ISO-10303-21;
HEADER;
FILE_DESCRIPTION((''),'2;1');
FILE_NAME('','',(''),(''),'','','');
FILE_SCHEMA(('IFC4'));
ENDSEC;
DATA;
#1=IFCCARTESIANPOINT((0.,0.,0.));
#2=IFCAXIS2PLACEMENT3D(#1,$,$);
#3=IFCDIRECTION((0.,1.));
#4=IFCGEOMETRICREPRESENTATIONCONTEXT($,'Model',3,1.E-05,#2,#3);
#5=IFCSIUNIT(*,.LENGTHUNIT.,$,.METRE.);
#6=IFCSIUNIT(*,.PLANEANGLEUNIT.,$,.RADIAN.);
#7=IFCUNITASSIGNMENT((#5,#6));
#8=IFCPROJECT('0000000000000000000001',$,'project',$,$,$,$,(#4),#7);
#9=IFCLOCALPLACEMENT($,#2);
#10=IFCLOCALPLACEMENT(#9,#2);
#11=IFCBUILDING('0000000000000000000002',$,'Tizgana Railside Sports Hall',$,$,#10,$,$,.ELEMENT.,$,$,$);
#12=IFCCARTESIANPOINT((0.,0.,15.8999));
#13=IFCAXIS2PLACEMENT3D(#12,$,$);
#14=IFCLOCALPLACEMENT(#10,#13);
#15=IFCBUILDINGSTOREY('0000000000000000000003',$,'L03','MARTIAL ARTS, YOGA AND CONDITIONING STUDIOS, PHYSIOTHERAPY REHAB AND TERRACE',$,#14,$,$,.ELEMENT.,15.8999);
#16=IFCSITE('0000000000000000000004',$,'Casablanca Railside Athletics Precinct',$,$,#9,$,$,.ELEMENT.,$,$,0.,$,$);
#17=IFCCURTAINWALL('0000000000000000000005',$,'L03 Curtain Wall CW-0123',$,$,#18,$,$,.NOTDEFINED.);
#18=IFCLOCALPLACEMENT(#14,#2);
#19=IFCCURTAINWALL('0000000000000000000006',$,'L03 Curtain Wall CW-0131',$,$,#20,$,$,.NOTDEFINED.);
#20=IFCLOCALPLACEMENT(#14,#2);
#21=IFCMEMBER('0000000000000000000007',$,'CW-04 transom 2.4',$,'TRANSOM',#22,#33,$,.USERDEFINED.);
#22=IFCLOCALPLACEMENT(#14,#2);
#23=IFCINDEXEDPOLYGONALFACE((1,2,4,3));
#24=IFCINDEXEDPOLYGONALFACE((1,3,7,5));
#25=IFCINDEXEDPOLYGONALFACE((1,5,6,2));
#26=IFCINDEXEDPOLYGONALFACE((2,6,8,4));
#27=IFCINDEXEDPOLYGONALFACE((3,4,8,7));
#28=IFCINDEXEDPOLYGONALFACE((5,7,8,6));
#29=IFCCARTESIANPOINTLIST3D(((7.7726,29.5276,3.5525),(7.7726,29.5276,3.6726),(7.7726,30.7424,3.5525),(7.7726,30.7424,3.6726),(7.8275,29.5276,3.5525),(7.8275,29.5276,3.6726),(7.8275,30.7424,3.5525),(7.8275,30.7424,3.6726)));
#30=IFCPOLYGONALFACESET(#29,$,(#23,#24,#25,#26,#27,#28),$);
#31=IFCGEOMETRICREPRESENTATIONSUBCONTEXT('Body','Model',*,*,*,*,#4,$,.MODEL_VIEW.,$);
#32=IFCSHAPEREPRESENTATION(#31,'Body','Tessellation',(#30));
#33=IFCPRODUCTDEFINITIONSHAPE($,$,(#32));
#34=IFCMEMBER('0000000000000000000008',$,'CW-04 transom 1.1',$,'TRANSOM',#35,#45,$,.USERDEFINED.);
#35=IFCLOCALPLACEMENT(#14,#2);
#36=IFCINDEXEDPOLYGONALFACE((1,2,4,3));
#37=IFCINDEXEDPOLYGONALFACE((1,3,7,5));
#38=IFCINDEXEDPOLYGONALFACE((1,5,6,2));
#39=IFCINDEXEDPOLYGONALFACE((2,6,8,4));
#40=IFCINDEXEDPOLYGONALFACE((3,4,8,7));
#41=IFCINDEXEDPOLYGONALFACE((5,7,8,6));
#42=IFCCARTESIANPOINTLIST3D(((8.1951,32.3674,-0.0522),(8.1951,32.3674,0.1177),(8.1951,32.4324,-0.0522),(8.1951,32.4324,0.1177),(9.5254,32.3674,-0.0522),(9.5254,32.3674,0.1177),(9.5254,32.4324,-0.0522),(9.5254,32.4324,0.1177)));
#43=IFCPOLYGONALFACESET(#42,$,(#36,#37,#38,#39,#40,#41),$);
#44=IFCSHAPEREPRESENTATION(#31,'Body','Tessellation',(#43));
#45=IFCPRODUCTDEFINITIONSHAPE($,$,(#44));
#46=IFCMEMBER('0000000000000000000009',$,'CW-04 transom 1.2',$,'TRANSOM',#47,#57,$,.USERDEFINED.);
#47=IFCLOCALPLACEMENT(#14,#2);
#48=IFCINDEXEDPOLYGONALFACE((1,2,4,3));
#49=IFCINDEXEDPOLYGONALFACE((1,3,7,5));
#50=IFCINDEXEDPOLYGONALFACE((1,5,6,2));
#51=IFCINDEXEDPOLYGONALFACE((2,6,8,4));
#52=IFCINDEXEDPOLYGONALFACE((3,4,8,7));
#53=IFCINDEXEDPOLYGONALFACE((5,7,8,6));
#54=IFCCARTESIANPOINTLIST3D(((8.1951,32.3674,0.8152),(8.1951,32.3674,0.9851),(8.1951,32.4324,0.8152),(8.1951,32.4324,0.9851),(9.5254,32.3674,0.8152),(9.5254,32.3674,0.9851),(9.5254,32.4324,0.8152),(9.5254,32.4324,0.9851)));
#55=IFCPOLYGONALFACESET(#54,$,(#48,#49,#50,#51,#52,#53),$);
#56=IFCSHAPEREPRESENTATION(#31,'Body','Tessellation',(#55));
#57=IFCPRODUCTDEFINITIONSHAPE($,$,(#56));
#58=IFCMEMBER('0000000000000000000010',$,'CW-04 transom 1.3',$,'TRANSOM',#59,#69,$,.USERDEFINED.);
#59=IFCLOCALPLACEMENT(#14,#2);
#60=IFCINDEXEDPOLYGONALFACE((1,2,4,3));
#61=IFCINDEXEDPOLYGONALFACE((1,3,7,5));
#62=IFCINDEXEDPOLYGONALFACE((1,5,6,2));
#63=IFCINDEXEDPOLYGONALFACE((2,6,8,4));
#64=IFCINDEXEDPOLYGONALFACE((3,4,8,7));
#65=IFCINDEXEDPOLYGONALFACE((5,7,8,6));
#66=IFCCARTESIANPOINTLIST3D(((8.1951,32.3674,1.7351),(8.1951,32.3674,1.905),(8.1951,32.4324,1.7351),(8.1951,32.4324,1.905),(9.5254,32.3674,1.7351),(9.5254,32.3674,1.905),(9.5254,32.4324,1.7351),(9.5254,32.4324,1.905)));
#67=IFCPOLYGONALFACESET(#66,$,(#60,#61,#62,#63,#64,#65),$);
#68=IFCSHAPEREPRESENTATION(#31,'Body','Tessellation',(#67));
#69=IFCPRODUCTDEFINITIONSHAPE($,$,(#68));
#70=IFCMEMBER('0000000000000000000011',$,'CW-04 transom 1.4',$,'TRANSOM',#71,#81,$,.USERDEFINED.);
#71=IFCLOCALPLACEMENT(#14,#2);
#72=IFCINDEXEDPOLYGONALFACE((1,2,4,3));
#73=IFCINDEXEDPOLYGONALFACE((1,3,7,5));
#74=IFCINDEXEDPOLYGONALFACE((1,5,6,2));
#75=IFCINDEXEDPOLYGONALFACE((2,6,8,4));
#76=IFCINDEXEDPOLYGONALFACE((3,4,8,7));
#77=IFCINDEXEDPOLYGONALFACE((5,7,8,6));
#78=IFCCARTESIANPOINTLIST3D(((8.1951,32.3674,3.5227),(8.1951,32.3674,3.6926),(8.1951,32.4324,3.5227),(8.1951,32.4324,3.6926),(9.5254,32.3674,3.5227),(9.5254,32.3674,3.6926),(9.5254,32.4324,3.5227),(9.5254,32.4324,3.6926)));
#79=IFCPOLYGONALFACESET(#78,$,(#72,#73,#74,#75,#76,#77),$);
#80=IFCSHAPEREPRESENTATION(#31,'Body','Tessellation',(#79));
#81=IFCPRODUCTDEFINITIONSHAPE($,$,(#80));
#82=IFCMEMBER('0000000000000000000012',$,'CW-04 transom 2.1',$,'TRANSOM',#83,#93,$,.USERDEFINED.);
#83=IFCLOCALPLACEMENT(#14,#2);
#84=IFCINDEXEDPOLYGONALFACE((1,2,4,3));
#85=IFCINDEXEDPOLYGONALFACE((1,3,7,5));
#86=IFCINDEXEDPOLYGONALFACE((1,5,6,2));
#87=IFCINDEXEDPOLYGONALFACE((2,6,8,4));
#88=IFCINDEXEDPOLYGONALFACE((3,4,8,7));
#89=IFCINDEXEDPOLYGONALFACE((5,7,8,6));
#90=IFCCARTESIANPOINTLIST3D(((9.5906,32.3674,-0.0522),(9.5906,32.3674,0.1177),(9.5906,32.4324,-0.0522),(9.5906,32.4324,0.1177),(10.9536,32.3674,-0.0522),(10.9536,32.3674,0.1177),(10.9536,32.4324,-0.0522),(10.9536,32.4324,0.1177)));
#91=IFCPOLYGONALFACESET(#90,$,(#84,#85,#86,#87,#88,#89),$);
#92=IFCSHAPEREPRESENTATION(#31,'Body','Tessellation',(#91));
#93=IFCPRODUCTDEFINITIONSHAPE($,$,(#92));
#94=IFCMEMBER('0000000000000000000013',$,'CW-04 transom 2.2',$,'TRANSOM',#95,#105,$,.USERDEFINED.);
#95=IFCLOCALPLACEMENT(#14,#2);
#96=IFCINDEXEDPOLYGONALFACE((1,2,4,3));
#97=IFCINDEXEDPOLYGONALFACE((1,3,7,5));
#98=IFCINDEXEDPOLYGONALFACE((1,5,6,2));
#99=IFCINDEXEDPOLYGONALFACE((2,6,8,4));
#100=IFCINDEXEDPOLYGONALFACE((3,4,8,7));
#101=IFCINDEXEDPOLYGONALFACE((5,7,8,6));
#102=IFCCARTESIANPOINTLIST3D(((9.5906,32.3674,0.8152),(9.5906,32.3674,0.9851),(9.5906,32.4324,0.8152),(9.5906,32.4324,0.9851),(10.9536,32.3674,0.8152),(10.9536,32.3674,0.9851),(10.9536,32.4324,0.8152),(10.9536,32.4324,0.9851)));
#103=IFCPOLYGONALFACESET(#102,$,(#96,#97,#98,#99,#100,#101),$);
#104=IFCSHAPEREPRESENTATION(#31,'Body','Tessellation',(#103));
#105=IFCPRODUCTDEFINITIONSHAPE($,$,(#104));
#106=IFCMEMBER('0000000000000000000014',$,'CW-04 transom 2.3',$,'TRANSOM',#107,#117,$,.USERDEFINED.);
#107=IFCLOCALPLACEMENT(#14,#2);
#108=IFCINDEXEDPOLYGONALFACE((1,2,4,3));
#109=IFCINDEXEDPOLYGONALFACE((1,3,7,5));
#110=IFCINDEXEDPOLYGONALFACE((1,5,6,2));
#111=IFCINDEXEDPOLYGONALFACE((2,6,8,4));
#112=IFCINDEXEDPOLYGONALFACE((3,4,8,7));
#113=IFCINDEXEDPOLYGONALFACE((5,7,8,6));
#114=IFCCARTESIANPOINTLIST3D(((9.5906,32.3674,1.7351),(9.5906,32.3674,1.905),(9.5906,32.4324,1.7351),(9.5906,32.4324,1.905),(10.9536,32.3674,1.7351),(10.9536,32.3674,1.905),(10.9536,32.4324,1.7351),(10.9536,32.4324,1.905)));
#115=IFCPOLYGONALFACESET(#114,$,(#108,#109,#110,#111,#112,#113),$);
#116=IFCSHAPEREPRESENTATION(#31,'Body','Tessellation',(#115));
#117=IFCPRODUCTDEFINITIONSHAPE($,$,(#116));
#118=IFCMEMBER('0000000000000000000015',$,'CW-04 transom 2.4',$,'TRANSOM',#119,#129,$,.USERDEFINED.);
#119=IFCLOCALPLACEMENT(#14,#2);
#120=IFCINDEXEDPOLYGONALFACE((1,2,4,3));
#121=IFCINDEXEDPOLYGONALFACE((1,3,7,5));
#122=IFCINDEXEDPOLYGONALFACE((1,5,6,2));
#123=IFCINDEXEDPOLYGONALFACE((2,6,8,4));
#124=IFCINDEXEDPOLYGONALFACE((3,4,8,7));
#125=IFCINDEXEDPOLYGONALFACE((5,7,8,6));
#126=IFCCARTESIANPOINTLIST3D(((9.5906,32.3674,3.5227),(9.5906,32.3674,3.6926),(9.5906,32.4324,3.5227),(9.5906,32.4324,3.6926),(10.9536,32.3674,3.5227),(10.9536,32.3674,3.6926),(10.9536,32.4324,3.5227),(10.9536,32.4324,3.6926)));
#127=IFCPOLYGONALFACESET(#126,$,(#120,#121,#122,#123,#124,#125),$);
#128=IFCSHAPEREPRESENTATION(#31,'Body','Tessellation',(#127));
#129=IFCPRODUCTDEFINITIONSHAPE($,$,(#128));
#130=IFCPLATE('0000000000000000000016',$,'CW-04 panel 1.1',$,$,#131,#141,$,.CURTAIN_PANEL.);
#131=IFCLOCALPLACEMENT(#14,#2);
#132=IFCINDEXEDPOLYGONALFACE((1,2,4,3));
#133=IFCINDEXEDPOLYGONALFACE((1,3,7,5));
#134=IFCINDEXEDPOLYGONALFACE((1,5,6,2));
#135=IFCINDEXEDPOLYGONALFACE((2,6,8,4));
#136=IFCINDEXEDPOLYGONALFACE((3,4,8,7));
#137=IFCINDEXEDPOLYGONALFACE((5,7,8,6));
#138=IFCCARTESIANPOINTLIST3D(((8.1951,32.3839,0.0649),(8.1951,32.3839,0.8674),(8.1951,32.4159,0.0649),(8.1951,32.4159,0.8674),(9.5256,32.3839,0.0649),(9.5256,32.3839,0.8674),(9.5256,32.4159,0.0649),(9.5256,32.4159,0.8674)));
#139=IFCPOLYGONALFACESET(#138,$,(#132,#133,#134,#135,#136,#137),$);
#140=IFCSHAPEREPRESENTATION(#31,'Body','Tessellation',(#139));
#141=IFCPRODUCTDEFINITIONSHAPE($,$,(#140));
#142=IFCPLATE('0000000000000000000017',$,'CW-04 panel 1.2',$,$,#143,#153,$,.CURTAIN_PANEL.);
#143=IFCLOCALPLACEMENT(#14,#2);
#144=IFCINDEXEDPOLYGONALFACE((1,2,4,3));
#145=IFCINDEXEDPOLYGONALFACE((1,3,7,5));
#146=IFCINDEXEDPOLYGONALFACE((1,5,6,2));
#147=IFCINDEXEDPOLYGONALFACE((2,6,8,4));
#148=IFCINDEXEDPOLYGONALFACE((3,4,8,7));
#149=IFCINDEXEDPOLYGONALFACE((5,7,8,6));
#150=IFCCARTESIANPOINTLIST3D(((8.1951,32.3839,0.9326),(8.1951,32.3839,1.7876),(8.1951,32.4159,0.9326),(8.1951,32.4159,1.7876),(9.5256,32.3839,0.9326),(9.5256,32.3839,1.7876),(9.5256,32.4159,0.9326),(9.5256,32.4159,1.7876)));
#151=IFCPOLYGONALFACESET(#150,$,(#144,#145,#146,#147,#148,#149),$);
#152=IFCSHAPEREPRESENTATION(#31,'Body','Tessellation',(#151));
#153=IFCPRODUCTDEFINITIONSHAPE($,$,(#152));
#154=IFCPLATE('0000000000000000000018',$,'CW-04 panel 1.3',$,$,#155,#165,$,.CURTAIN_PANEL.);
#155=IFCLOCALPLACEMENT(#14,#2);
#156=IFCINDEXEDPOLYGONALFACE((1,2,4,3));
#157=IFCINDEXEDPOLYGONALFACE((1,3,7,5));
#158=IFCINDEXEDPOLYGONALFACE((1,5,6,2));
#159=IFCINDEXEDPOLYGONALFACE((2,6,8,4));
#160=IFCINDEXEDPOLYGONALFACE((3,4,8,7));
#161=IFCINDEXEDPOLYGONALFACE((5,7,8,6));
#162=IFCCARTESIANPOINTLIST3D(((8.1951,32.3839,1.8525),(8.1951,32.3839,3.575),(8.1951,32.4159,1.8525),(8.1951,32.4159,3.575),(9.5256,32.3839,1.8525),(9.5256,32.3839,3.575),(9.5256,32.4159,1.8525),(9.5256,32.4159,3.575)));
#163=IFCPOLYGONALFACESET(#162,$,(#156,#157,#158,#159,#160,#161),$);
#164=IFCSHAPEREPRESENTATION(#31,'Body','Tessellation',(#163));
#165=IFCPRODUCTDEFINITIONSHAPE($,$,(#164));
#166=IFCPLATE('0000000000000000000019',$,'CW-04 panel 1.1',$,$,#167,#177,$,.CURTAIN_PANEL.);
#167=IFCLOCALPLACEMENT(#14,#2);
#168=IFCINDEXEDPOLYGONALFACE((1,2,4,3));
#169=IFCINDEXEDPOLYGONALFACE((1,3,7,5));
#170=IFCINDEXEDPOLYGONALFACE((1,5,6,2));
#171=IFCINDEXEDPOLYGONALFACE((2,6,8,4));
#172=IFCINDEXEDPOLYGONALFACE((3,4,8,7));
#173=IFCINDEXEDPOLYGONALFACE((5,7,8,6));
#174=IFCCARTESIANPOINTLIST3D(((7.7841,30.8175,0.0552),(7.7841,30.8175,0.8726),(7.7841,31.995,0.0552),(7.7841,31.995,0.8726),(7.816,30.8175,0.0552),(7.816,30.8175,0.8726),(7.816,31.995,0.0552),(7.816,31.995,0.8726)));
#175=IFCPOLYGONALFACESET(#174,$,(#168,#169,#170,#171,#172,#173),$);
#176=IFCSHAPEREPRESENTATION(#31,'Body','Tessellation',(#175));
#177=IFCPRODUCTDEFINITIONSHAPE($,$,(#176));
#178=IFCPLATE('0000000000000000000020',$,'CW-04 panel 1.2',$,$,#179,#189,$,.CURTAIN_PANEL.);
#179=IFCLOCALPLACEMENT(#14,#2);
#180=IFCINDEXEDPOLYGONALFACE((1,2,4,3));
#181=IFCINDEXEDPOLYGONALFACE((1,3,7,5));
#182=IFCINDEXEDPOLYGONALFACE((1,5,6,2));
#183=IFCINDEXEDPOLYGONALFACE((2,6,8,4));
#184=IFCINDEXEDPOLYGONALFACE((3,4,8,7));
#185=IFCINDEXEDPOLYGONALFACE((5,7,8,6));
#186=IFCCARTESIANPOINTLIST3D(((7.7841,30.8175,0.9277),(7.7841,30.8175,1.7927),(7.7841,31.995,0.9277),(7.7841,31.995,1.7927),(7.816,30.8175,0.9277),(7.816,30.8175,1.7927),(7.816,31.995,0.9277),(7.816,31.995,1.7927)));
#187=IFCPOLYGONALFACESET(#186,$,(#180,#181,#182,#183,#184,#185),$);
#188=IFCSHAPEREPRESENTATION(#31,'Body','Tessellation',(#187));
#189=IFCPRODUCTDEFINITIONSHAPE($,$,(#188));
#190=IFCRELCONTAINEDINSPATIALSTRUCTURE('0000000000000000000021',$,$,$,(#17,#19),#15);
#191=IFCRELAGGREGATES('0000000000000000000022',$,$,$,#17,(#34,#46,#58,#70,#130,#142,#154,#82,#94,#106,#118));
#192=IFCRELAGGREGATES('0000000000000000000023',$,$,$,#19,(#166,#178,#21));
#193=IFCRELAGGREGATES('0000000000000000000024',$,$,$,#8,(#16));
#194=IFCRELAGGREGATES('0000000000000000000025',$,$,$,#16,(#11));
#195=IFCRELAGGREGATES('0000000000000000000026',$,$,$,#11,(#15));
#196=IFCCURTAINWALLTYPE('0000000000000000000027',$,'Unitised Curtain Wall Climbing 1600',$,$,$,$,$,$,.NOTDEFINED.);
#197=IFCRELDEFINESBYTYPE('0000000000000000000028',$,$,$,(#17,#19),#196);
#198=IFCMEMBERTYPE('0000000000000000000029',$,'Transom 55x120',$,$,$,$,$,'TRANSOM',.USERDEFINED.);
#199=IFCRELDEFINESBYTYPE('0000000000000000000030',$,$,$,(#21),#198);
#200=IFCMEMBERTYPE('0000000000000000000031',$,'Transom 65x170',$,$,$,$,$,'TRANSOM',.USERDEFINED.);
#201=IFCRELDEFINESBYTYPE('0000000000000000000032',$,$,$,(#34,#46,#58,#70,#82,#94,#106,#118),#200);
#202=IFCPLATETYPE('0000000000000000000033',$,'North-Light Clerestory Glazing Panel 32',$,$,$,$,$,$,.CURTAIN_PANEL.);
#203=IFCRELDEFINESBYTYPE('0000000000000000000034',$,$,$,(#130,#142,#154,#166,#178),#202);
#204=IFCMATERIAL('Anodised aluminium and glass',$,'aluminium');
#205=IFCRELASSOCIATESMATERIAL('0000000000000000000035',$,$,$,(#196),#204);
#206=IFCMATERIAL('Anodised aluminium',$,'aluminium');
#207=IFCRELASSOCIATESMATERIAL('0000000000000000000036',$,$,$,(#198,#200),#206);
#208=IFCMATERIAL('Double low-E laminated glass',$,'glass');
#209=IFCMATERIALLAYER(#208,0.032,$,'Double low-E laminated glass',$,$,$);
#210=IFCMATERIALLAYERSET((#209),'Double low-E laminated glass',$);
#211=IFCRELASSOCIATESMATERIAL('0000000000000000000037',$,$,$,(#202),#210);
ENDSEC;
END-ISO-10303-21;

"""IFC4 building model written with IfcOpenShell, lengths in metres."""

from ifc_helpers import new_model, si_unit, direction, frame, origin, origin_2d, place, context, subcontext, project, spatial, rectangle, extrude, material, layer, layer_set, material_profile, profile_set, type_object, element, aggregate, save


model = new_model("IFC4")

# Units and contexts
model_context = context("Model", 3, precision=1e-05, world=origin(), true_north=direction((0.0, 1.0)))
body_context = subcontext(model_context, "Body", "Model", "MODEL_VIEW")
ifc_project = project(units=[si_unit("LENGTHUNIT", "METRE"), si_unit("PLANEANGLEUNIT", "RADIAN")], contexts=[model_context])

# Site, building, storey
site_placement = place(None, origin())
site = spatial("IfcSite", under=ifc_project, at=site_placement, Name="Casablanca Railside Athletics Precinct", CompositionType="ELEMENT", RefElevation=0.0)
building_placement = place(site_placement, origin())
building = spatial("IfcBuilding", under=site, at=building_placement, Name="Tizgana Railside Sports Hall", CompositionType="ELEMENT")
storey_placement = place(building_placement, frame((0.0, 0.0, 15.8999)))
storey = spatial("IfcBuildingStorey", under=building, at=storey_placement, Name="L03", Description="MARTIAL ARTS, YOGA AND CONDITIONING STUDIOS, PHYSIOTHERAPY REHAB AND TERRACE", CompositionType="ELEMENT", Elevation=15.8999)

# Curtain walls
ifc_material_1 = material(Name="Anodised aluminium and glass", Category="aluminium")
curtain_wall_type = type_object("IfcCurtainWallType", Name="Unitised Curtain Wall Climbing 1600", PredefinedType="NOTDEFINED", material=ifc_material_1)
curtain_wall_1_placement = place(storey_placement, origin())
curtain_wall_1 = element("IfcCurtainWall", 1, at=curtain_wall_1_placement, inside=storey, type_object=curtain_wall_type, Name="L03 Curtain Wall CW-0123", PredefinedType="NOTDEFINED")
ifc_material_2 = material(Name="Anodised aluminium", Category="aluminium")
curtain_wall_2_placement = place(storey_placement, origin())
curtain_wall_2 = element("IfcCurtainWall", 2, at=curtain_wall_2_placement, inside=storey, type_object=curtain_wall_type, Name="L03 Curtain Wall CW-0131", PredefinedType="NOTDEFINED")

# Members
ifc_material_profile_1 = material_profile(ifc_material_2, rectangle(XDim=0.0549, YDim=0.1201, at=origin_2d()), Name="Transom 55x120")
ifc_profile_set_1 = profile_set([ifc_material_profile_1], Name="Anodised aluminium")
member_type_1 = type_object("IfcMemberType", Name="Transom 55x120", ElementType="TRANSOM", PredefinedType="USERDEFINED", material=ifc_profile_set_1)
member_1_placement = place(storey_placement, frame((7.8, 30.7424, 3.6125), z_axis=(0.0, -1.0, 0.0), x_axis=(1.0, 0.0, 0.0)))
member_1 = element("IfcMember", 3, at=member_1_placement, type_object=member_type_1, Name="CW-04 transom 2.4", ObjectType="TRANSOM", PredefinedType="USERDEFINED", context=body_context, shape_type="SweptSolid", body=[
    extrude(rectangle(XDim=0.0549, YDim=0.1201, at=origin_2d()), origin(), (0.0, 0.0, 1.0), 1.2148),
])
ifc_material_profile_2 = material_profile(ifc_material_2, rectangle(XDim=0.0649, YDim=0.1699, at=origin_2d()), Name="Transom 65x170")
ifc_profile_set_2 = profile_set([ifc_material_profile_2], Name="Anodised aluminium")
member_type_2 = type_object("IfcMemberType", Name="Transom 65x170", ElementType="TRANSOM", PredefinedType="USERDEFINED", material=ifc_profile_set_2)
member_2_placement = place(storey_placement, frame((8.1951, 32.3999, 0.0327), z_axis=(1.0, 0.0, 0.0), x_axis=(0.0, 1.0, 0.0)))
member_2 = element("IfcMember", 4, at=member_2_placement, type_object=member_type_2, Name="CW-04 transom 1.1", ObjectType="TRANSOM", PredefinedType="USERDEFINED", context=body_context, shape_type="SweptSolid", body=[
    extrude(rectangle(XDim=0.0649, YDim=0.1699, at=origin_2d()), origin(), (0.0, 0.0, 1.0), 1.3303),
])
member_3_placement = place(storey_placement, frame((8.1951, 32.3999, 0.9001), z_axis=(1.0, 0.0, 0.0), x_axis=(0.0, 1.0, 0.0)))
member_3 = element("IfcMember", 5, at=member_3_placement, type_object=member_type_2, Name="CW-04 transom 1.2", ObjectType="TRANSOM", PredefinedType="USERDEFINED", context=body_context, shape_type="SweptSolid", body=[
    extrude(rectangle(XDim=0.0649, YDim=0.1699, at=origin_2d()), origin(), (0.0, 0.0, 1.0), 1.3303),
])
member_4_placement = place(storey_placement, frame((8.1951, 32.3999, 1.8201), z_axis=(1.0, 0.0, 0.0), x_axis=(0.0, 1.0, 0.0)))
member_4 = element("IfcMember", 6, at=member_4_placement, type_object=member_type_2, Name="CW-04 transom 1.3", ObjectType="TRANSOM", PredefinedType="USERDEFINED", context=body_context, shape_type="SweptSolid", body=[
    extrude(rectangle(XDim=0.0649, YDim=0.1699, at=origin_2d()), origin(), (0.0, 0.0, 1.0), 1.3303),
])
member_5_placement = place(storey_placement, frame((8.1951, 32.3999, 3.6077), z_axis=(1.0, 0.0, 0.0), x_axis=(0.0, 1.0, 0.0)))
member_5 = element("IfcMember", 7, at=member_5_placement, type_object=member_type_2, Name="CW-04 transom 1.4", ObjectType="TRANSOM", PredefinedType="USERDEFINED", context=body_context, shape_type="SweptSolid", body=[
    extrude(rectangle(XDim=0.0649, YDim=0.1699, at=origin_2d()), origin(), (0.0, 0.0, 1.0), 1.3303),
])
member_6_placement = place(storey_placement, frame((9.5906, 32.3999, 0.0327), z_axis=(1.0, 0.0, 0.0), x_axis=(0.0, 1.0, 0.0)))
member_6 = element("IfcMember", 8, at=member_6_placement, type_object=member_type_2, Name="CW-04 transom 2.1", ObjectType="TRANSOM", PredefinedType="USERDEFINED", context=body_context, shape_type="SweptSolid", body=[
    extrude(rectangle(XDim=0.0649, YDim=0.1699, at=origin_2d()), origin(), (0.0, 0.0, 1.0), 1.363),
])
member_7_placement = place(storey_placement, frame((9.5906, 32.3999, 0.9001), z_axis=(1.0, 0.0, 0.0), x_axis=(0.0, 1.0, 0.0)))
member_7 = element("IfcMember", 9, at=member_7_placement, type_object=member_type_2, Name="CW-04 transom 2.2", ObjectType="TRANSOM", PredefinedType="USERDEFINED", context=body_context, shape_type="SweptSolid", body=[
    extrude(rectangle(XDim=0.0649, YDim=0.1699, at=origin_2d()), origin(), (0.0, 0.0, 1.0), 1.363),
])
member_8_placement = place(storey_placement, frame((9.5906, 32.3999, 1.8201), z_axis=(1.0, 0.0, 0.0), x_axis=(0.0, 1.0, 0.0)))
member_8 = element("IfcMember", 10, at=member_8_placement, type_object=member_type_2, Name="CW-04 transom 2.3", ObjectType="TRANSOM", PredefinedType="USERDEFINED", context=body_context, shape_type="SweptSolid", body=[
    extrude(rectangle(XDim=0.0649, YDim=0.1699, at=origin_2d()), origin(), (0.0, 0.0, 1.0), 1.363),
])
member_9_placement = place(storey_placement, frame((9.5906, 32.3999, 3.6077), z_axis=(1.0, 0.0, 0.0), x_axis=(0.0, 1.0, 0.0)))
member_9 = element("IfcMember", 11, at=member_9_placement, type_object=member_type_2, Name="CW-04 transom 2.4", ObjectType="TRANSOM", PredefinedType="USERDEFINED", context=body_context, shape_type="SweptSolid", body=[
    extrude(rectangle(XDim=0.0649, YDim=0.1699, at=origin_2d()), origin(), (0.0, 0.0, 1.0), 1.363),
])

# Plates
ifc_material_3 = material(Name="Double low-E laminated glass", Category="glass")
ifc_layer_1 = layer(ifc_material_3, 0.032, Name="Double low-E laminated glass")
ifc_layer_set_1 = layer_set([ifc_layer_1], Name="Double low-E laminated glass")
plate_type = type_object("IfcPlateType", Name="North-Light Clerestory Glazing Panel 32", PredefinedType="CURTAIN_PANEL", material=ifc_layer_set_1)
plate_1_placement = place(storey_placement, frame((8.8604, 32.3999, 0.0649), z_axis=(0.0, 0.0, 1.0), x_axis=(1.0, 0.0, 0.0)))
plate_1 = element("IfcPlate", 12, at=plate_1_placement, type_object=plate_type, Name="CW-04 panel 1.1", PredefinedType="CURTAIN_PANEL", context=body_context, shape_type="SweptSolid", body=[
    extrude(rectangle(XDim=1.3306, YDim=0.032, at=origin_2d()), origin(), (0.0, 0.0, 1.0), 0.8025),
])
plate_2_placement = place(storey_placement, frame((8.8604, 32.3999, 0.9326), z_axis=(0.0, 0.0, 1.0), x_axis=(1.0, 0.0, 0.0)))
plate_2 = element("IfcPlate", 13, at=plate_2_placement, type_object=plate_type, Name="CW-04 panel 1.2", PredefinedType="CURTAIN_PANEL", context=body_context, shape_type="SweptSolid", body=[
    extrude(rectangle(XDim=1.3306, YDim=0.032, at=origin_2d()), origin(), (0.0, 0.0, 1.0), 0.855),
])
plate_3_placement = place(storey_placement, frame((8.8604, 32.3999, 1.8525), z_axis=(0.0, 0.0, 1.0), x_axis=(1.0, 0.0, 0.0)))
plate_3 = element("IfcPlate", 14, at=plate_3_placement, type_object=plate_type, Name="CW-04 panel 1.3", PredefinedType="CURTAIN_PANEL", context=body_context, shape_type="SweptSolid", body=[
    extrude(rectangle(XDim=1.3306, YDim=0.032, at=origin_2d()), origin(), (0.0, 0.0, 1.0), 1.7224),
])
aggregate(curtain_wall_1, [member_2, member_3, member_4, member_5, plate_1, plate_2, plate_3, member_6, member_7, member_8, member_9])
plate_4_placement = place(storey_placement, frame((7.8, 31.4062, 0.0552), z_axis=(0.0, 0.0, 1.0), x_axis=(0.0, -1.0, 0.0)))
plate_4 = element("IfcPlate", 15, at=plate_4_placement, type_object=plate_type, Name="CW-04 panel 1.1", PredefinedType="CURTAIN_PANEL", context=body_context, shape_type="SweptSolid", body=[
    extrude(rectangle(XDim=1.1775, YDim=0.032, at=origin_2d()), origin(), (0.0, 0.0, 1.0), 0.8174),
])
plate_5_placement = place(storey_placement, frame((7.8, 31.4062, 0.9277), z_axis=(0.0, 0.0, 1.0), x_axis=(0.0, -1.0, 0.0)))
plate_5 = element("IfcPlate", 16, at=plate_5_placement, type_object=plate_type, Name="CW-04 panel 1.2", PredefinedType="CURTAIN_PANEL", context=body_context, shape_type="SweptSolid", body=[
    extrude(rectangle(XDim=1.1775, YDim=0.032, at=origin_2d()), origin(), (0.0, 0.0, 1.0), 0.865),
])
aggregate(curtain_wall_2, [plate_4, plate_5, member_1])

save(model, "model.ifc")
